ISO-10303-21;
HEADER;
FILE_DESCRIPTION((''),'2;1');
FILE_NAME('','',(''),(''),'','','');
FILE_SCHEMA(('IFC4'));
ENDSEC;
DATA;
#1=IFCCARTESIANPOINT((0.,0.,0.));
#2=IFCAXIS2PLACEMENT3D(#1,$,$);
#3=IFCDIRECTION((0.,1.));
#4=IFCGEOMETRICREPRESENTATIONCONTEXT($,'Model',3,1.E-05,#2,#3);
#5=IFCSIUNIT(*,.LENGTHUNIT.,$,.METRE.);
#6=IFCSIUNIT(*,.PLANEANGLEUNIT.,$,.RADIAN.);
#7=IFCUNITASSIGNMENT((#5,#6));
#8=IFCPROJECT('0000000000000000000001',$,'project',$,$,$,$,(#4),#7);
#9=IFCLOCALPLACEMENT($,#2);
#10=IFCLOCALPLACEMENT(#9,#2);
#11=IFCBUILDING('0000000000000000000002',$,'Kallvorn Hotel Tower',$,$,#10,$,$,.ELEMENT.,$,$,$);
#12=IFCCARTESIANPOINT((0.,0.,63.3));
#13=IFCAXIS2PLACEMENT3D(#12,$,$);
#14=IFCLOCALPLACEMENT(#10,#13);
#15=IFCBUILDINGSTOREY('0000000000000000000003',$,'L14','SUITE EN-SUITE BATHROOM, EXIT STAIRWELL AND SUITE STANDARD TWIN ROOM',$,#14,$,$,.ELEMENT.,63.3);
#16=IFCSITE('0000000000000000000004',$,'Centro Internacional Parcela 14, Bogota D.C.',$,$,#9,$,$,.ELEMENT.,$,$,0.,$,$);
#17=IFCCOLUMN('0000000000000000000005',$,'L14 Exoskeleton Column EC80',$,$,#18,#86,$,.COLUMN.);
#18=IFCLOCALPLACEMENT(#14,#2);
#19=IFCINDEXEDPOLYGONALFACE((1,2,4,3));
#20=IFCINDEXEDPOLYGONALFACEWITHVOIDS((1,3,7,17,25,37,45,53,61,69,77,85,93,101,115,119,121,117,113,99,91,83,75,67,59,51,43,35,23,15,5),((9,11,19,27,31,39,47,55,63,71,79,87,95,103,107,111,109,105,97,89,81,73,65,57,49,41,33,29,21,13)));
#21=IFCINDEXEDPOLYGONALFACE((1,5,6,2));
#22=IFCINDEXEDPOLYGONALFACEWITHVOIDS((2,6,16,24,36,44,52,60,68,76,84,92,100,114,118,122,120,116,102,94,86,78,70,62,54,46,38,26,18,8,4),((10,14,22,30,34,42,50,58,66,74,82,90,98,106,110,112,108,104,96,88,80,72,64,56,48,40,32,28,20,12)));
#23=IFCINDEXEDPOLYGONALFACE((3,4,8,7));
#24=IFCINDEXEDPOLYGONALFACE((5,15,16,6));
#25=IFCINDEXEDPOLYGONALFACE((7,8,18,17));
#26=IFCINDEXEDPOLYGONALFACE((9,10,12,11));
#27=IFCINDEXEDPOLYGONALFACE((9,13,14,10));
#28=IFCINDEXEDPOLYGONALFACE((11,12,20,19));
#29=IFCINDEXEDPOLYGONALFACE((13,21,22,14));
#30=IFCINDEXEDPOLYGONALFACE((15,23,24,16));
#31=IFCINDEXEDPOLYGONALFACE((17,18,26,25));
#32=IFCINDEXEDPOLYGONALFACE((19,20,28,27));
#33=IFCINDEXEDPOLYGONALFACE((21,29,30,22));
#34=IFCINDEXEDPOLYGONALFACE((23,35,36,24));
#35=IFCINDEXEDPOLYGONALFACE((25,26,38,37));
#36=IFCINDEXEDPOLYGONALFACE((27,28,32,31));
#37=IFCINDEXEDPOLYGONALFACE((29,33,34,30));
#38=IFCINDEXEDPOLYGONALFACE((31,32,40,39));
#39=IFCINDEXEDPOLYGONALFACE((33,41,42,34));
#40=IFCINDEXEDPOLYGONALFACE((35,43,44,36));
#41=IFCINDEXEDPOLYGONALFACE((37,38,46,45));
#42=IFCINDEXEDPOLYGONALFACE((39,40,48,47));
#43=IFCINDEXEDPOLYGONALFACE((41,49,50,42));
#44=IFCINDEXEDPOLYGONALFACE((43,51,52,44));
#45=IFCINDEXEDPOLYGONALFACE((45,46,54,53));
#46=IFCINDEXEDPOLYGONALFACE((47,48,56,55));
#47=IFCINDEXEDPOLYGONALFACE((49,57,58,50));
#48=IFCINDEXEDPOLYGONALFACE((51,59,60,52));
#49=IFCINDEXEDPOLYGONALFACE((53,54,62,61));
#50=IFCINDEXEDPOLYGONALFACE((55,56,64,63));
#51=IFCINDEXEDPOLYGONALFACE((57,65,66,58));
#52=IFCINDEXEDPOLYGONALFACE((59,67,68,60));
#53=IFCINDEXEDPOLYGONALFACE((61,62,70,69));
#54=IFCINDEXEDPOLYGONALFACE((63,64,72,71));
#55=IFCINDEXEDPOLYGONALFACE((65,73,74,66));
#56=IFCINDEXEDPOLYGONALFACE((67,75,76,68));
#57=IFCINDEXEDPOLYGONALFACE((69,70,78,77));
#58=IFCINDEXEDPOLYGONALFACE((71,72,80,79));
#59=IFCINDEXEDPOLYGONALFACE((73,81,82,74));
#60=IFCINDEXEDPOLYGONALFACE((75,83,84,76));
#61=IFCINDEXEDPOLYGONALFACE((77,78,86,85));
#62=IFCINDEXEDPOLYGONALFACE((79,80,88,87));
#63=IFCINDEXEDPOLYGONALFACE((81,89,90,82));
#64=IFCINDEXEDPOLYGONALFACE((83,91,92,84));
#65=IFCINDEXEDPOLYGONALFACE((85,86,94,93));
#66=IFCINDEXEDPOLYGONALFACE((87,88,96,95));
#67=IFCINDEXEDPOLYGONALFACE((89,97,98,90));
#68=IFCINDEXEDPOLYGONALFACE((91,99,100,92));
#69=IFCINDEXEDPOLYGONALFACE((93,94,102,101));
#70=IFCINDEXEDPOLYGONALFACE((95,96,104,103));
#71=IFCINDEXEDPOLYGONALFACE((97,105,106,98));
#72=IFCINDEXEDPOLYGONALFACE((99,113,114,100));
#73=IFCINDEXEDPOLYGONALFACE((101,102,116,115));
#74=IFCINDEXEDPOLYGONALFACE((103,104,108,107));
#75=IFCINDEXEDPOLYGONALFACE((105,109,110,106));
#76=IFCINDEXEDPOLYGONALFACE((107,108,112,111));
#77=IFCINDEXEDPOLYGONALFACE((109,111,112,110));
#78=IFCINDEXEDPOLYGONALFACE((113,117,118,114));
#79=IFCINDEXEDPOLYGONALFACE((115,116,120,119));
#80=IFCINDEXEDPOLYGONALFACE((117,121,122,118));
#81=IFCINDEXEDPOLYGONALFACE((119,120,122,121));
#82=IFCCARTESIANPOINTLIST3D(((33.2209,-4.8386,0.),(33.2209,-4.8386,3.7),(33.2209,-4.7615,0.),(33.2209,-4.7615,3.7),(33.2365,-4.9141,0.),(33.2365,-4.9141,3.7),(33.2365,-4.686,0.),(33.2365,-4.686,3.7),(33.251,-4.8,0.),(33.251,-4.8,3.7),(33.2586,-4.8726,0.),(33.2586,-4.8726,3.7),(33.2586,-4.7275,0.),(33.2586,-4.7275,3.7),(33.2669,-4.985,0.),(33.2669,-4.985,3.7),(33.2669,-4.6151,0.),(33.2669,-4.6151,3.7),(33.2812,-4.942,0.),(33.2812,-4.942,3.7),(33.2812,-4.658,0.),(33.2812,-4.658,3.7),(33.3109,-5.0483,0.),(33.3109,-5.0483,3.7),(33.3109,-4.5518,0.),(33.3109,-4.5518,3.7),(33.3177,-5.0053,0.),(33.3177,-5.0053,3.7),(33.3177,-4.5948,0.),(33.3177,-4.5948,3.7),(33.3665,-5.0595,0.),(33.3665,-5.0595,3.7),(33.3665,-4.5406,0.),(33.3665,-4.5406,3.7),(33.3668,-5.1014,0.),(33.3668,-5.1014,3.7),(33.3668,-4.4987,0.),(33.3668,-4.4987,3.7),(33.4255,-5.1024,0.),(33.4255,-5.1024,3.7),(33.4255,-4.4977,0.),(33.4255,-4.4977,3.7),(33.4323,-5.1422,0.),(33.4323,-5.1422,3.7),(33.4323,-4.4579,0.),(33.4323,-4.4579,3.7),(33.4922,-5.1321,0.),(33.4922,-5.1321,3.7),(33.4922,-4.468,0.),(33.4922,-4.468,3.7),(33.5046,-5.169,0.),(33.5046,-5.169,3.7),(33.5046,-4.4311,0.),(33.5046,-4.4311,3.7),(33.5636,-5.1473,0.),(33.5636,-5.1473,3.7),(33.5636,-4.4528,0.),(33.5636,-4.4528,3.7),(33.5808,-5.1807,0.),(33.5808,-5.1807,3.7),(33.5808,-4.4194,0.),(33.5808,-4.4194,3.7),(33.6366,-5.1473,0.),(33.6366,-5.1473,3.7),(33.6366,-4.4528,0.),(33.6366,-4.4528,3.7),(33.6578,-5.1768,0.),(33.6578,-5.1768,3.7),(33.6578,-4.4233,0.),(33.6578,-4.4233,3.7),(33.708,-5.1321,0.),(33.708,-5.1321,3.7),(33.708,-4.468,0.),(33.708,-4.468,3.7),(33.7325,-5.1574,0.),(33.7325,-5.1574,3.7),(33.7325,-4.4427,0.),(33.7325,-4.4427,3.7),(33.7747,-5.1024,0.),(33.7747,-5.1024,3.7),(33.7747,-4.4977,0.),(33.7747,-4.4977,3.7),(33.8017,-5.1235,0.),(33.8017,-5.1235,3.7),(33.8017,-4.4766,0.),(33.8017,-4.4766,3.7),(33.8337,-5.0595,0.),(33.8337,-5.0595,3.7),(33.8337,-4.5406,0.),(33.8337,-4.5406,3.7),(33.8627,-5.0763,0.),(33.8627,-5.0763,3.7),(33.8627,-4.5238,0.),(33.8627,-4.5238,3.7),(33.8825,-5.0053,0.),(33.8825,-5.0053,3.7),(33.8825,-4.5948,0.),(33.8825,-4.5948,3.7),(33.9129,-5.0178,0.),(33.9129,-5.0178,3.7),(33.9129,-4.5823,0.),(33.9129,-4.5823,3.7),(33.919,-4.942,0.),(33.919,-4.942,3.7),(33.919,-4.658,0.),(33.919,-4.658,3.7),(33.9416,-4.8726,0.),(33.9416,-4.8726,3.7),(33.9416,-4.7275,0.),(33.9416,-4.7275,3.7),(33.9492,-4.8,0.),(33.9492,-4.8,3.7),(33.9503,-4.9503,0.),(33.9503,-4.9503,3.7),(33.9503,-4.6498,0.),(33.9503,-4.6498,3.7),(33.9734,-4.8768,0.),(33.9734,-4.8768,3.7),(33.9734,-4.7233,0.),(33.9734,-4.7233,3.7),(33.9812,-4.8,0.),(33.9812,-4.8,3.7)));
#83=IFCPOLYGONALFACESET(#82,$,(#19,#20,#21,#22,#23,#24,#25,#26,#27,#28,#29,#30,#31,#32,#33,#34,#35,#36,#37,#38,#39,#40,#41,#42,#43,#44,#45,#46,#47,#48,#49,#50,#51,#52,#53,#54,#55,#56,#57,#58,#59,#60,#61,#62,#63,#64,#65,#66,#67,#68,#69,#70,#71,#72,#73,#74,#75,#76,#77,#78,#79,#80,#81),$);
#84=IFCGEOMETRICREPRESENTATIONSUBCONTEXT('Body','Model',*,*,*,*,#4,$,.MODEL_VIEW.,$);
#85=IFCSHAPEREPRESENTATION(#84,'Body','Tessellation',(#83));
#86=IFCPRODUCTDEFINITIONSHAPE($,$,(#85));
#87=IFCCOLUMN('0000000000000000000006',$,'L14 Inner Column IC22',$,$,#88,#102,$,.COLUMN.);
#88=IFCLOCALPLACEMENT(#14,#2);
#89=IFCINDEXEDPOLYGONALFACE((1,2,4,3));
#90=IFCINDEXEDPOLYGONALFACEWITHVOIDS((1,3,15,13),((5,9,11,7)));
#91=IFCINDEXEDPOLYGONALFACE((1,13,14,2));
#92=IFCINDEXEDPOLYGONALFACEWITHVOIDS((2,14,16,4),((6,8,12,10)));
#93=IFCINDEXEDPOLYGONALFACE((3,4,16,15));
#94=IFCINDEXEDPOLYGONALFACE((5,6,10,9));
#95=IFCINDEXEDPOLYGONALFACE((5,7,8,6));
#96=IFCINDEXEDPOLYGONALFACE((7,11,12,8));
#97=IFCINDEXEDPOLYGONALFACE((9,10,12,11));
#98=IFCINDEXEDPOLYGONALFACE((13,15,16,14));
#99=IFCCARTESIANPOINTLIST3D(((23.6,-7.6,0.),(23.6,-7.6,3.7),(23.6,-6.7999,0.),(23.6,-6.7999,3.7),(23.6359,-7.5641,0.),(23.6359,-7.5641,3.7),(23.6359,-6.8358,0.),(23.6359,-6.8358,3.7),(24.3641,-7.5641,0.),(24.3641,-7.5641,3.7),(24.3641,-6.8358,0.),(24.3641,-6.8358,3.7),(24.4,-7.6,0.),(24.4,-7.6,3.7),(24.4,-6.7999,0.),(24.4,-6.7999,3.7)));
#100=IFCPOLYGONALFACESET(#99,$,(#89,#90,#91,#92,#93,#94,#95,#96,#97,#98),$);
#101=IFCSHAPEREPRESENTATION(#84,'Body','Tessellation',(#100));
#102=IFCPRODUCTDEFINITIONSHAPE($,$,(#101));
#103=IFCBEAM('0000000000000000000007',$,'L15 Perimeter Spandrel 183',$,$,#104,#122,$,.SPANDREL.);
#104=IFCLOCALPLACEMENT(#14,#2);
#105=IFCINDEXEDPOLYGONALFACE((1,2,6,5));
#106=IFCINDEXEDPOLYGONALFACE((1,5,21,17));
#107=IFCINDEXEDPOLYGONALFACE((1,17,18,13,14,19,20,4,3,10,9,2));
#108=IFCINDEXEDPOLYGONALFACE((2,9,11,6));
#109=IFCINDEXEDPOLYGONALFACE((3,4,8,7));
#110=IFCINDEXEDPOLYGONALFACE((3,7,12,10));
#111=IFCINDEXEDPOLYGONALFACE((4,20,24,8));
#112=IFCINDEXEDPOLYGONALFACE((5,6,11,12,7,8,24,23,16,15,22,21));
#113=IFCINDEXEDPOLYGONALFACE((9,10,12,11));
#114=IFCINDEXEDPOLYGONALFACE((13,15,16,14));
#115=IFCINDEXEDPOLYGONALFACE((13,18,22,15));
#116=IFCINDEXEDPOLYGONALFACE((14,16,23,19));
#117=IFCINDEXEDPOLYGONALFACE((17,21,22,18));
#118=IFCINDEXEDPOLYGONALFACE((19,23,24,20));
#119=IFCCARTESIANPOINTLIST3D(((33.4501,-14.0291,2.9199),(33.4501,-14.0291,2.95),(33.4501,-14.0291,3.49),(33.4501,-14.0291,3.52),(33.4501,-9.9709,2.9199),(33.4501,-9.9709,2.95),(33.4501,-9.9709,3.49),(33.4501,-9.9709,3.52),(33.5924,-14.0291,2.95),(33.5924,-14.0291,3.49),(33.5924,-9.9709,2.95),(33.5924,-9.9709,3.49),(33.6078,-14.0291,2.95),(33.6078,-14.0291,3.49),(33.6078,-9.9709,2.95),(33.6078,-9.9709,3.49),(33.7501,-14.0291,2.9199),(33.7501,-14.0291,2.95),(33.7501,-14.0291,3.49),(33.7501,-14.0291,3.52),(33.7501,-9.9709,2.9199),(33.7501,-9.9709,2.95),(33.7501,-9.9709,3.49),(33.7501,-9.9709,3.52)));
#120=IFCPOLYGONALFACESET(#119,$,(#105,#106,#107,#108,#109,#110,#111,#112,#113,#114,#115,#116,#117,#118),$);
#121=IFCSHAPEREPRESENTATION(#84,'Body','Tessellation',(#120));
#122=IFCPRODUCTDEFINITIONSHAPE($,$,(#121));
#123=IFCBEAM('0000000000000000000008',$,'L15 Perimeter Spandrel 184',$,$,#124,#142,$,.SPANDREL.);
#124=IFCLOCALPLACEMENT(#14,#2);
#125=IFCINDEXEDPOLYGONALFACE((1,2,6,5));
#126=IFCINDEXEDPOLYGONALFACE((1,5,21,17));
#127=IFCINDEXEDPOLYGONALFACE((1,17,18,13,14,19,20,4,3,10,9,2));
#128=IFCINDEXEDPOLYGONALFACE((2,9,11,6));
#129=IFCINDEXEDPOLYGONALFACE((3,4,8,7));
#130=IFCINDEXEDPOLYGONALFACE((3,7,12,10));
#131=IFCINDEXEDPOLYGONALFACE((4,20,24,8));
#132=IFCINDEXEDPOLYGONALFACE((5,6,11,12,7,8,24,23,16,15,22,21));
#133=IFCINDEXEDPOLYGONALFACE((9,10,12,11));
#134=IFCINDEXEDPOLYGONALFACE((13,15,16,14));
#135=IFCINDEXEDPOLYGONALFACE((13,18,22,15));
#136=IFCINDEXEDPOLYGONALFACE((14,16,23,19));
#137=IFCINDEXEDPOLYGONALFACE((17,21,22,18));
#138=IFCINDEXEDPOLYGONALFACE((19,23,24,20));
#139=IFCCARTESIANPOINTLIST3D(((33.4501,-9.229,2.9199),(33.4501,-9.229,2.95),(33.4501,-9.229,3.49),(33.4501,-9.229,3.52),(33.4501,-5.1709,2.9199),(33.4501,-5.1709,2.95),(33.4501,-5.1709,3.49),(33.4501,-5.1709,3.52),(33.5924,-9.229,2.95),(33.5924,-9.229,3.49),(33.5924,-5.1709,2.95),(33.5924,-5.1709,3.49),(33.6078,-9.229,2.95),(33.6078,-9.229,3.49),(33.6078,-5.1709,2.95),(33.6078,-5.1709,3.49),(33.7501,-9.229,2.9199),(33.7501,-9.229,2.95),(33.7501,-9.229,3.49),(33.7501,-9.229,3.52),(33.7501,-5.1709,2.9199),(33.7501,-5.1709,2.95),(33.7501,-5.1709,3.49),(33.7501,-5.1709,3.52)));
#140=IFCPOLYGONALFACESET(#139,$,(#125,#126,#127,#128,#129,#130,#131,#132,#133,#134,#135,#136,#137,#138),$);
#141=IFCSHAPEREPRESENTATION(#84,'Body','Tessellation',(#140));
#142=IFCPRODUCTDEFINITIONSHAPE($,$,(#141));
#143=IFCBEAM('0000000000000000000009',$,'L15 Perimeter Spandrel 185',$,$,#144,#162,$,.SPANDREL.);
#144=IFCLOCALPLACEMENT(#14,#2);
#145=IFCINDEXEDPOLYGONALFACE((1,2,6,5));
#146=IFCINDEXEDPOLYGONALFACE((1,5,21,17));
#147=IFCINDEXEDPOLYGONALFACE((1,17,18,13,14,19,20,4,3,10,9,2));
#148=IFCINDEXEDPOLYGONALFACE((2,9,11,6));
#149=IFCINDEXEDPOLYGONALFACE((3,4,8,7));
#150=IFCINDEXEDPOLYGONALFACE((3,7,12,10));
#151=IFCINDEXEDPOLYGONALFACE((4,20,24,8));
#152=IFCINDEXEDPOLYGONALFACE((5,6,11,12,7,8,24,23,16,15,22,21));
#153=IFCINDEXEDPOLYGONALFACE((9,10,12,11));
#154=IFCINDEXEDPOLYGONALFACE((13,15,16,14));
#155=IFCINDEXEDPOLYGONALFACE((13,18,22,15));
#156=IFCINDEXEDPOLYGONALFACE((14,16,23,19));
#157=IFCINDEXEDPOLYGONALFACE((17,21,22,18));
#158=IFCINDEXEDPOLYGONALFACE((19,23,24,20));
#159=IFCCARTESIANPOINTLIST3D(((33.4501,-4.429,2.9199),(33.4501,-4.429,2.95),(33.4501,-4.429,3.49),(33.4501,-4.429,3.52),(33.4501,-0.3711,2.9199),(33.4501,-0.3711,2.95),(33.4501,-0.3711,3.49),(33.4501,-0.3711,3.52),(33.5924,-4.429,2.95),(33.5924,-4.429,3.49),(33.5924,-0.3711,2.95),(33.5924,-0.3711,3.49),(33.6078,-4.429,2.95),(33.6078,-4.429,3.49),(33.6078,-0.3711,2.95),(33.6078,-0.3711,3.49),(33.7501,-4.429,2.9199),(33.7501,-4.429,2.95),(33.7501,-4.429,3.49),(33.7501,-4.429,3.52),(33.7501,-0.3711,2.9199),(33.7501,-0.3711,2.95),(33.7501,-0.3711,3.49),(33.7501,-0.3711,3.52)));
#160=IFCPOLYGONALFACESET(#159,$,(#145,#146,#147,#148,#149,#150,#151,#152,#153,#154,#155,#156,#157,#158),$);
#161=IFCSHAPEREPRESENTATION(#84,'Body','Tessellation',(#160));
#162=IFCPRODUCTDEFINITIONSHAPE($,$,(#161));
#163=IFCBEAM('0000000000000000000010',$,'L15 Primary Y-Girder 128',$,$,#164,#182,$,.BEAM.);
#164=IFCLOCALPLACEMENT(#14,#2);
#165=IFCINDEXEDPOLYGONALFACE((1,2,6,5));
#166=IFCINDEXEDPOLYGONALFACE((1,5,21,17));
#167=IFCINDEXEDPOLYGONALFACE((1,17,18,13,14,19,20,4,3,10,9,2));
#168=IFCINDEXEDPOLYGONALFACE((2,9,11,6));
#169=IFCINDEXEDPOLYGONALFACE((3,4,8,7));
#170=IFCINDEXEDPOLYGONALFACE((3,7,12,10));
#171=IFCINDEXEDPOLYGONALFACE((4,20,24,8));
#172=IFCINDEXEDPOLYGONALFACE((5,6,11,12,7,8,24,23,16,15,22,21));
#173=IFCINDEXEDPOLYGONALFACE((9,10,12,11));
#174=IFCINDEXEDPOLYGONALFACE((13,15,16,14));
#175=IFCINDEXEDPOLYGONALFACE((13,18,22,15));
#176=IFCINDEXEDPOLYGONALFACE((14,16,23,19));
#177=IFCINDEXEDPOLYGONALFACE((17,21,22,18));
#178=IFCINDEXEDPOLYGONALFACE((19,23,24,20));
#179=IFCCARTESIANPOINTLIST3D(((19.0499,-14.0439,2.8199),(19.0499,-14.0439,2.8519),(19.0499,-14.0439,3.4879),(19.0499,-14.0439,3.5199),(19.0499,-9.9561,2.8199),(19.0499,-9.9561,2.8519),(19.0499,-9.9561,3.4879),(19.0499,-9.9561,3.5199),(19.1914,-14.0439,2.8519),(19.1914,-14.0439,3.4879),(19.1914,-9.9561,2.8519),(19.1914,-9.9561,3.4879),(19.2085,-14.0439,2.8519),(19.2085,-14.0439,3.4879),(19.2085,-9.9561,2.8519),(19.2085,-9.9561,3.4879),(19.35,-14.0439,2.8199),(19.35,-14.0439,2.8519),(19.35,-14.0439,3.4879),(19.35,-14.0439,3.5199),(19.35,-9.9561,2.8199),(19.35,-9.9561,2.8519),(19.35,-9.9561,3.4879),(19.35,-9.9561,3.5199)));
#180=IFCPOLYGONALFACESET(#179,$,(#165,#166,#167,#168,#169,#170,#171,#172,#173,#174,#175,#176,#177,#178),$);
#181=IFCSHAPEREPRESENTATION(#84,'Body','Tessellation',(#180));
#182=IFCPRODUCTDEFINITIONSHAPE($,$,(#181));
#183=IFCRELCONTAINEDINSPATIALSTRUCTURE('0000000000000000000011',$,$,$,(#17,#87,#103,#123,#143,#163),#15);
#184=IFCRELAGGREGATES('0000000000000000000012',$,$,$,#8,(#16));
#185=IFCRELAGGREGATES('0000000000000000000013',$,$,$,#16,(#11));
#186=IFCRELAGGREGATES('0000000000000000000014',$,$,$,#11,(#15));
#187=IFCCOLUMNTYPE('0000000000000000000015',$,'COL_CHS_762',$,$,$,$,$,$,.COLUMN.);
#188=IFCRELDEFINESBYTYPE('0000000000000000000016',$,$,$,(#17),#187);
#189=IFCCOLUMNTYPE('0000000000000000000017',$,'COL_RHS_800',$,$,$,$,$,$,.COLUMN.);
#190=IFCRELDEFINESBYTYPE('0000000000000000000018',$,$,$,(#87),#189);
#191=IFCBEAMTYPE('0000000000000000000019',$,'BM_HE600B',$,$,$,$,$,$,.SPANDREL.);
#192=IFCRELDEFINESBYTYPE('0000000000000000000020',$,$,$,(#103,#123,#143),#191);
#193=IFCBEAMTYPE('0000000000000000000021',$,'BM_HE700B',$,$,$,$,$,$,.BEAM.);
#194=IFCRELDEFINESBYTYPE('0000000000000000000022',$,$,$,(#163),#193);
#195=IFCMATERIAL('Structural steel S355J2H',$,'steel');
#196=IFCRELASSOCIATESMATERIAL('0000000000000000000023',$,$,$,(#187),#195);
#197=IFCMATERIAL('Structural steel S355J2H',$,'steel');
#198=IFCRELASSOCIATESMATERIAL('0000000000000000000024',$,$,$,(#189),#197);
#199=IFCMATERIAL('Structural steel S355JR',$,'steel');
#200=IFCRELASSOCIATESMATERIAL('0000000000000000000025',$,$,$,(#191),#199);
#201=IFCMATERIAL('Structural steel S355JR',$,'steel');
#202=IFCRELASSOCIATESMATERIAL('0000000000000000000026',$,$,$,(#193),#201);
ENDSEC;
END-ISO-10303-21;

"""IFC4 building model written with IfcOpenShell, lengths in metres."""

from ifc_helpers import new_model, si_unit, direction, frame, origin, origin_2d, place, context, subcontext, project, spatial, hollow_rectangle, hollow_circle, i_section, extrude, material, material_profile, profile_set, type_object, element, save


model = new_model("IFC4")

# Units and contexts
model_context = context("Model", 3, precision=1e-05, world=origin(), true_north=direction((0.0, 1.0)))
body_context = subcontext(model_context, "Body", "Model", "MODEL_VIEW")
ifc_project = project(units=[si_unit("LENGTHUNIT", "METRE"), si_unit("PLANEANGLEUNIT", "RADIAN")], contexts=[model_context])

# Site, building, storey
site_placement = place(None, origin())
site = spatial("IfcSite", under=ifc_project, at=site_placement, Name="Centro Internacional Parcela 14, Bogota D.C.", CompositionType="ELEMENT", RefElevation=0.0)
building_placement = place(site_placement, origin())
building = spatial("IfcBuilding", under=site, at=building_placement, Name="Kallvorn Hotel Tower", CompositionType="ELEMENT")
storey_placement = place(building_placement, frame((0.0, 0.0, 63.3)))
storey = spatial("IfcBuildingStorey", under=building, at=storey_placement, Name="L14", Description="SUITE EN-SUITE BATHROOM, EXIT STAIRWELL AND SUITE STANDARD TWIN ROOM", CompositionType="ELEMENT", Elevation=63.3)

# Columns
ifc_material_1 = material(Name="Structural steel S355J2H", Category="steel")
ifc_material_profile_1 = material_profile(ifc_material_1, hollow_circle(Radius=0.3811, WallThickness=0.032, at=origin_2d()), Name="CHS 762x32")
ifc_profile_set_1 = profile_set([ifc_material_profile_1], Name="Structural steel S355J2H")
column_type_1 = type_object("IfcColumnType", Name="COL_CHS_762", PredefinedType="COLUMN", material=ifc_profile_set_1)
for number, where, z_axis, x_axis, name in (
    (1, (33.6001, -4.8, 0.0), (0.0, 0.0, 1.0), (1.0, 0.0, 0.0), "L14 Exoskeleton Column EC80"),
):
    element("IfcColumn", number, at=place(storey_placement, frame(where, z_axis=z_axis, x_axis=x_axis)), inside=storey, type_object=column_type_1, Name=name, PredefinedType="COLUMN", context=body_context, shape_type="SweptSolid", body=[
        extrude(hollow_circle(Radius=0.3811, WallThickness=0.032, at=origin_2d()), origin(), (0.0, 0.0, 1.0), 3.7),
    ])
ifc_material_2 = material(Name="Structural steel S355J2H", Category="steel")
ifc_material_profile_2 = material_profile(ifc_material_2, hollow_rectangle(XDim=0.8, YDim=0.8, WallThickness=0.0359, at=origin_2d()), Name="RHS 800x800x36")
ifc_profile_set_2 = profile_set([ifc_material_profile_2], Name="Structural steel S355J2H")
column_type_2 = type_object("IfcColumnType", Name="COL_RHS_800", PredefinedType="COLUMN", material=ifc_profile_set_2)
column_placement = place(storey_placement, frame((24.0, -7.2, 0.0), z_axis=(0.0, 0.0, 1.0), x_axis=(1.0, 0.0, 0.0)))
element("IfcColumn", 2, at=column_placement, inside=storey, type_object=column_type_2, Name="L14 Inner Column IC22", PredefinedType="COLUMN", context=body_context, shape_type="SweptSolid", body=[
    extrude(hollow_rectangle(XDim=0.8, YDim=0.8, WallThickness=0.0359, at=origin_2d()), origin(), (0.0, 0.0, 1.0), 3.7),
])

# Beams
ifc_material_3 = material(Name="Structural steel S355JR", Category="steel")
ifc_material_profile_3 = material_profile(ifc_material_3, i_section(OverallWidth=0.3, OverallDepth=0.6001, WebThickness=0.0154, FlangeThickness=0.03, at=origin_2d()), Name="HE 600 B")
ifc_profile_set_3 = profile_set([ifc_material_profile_3], Name="Structural steel S355JR")
beam_type_1 = type_object("IfcBeamType", Name="BM_HE600B", PredefinedType="SPANDREL", material=ifc_profile_set_3)
for number, where, z_axis, x_axis, name in (
    (3, (33.6001, -14.0291, 3.22), (0.0, 1.0, 0.0), (-1.0, 0.0, 0.0), "L15 Perimeter Spandrel 183"),
    (4, (33.6001, -9.229, 3.22), (0.0, 1.0, 0.0), (-1.0, 0.0, 0.0), "L15 Perimeter Spandrel 184"),
):
    element("IfcBeam", number, at=place(storey_placement, frame(where, z_axis=z_axis, x_axis=x_axis)), inside=storey, type_object=beam_type_1, Name=name, PredefinedType="SPANDREL", context=body_context, shape_type="SweptSolid", body=[
        extrude(i_section(OverallWidth=0.3, OverallDepth=0.6001, WebThickness=0.0154, FlangeThickness=0.03, at=origin_2d()), origin(), (0.0, 0.0, 1.0), 4.0581),
    ])
beam_1_placement = place(storey_placement, frame((33.6001, -4.429, 3.22), z_axis=(0.0, 1.0, 0.0), x_axis=(-1.0, 0.0, 0.0)))
element("IfcBeam", 5, at=beam_1_placement, inside=storey, type_object=beam_type_1, Name="L15 Perimeter Spandrel 185", PredefinedType="SPANDREL", context=body_context, shape_type="SweptSolid", body=[
    extrude(i_section(OverallWidth=0.3, OverallDepth=0.6001, WebThickness=0.0154, FlangeThickness=0.03, at=origin_2d()), origin(), (0.0, 0.0, 1.0), 4.0579),
])
ifc_material_4 = material(Name="Structural steel S355JR", Category="steel")
ifc_material_profile_4 = material_profile(ifc_material_4, i_section(OverallWidth=0.3, OverallDepth=0.7, WebThickness=0.0171, FlangeThickness=0.032, at=origin_2d()), Name="HE 700 B")
ifc_profile_set_4 = profile_set([ifc_material_profile_4], Name="Structural steel S355JR")
beam_type_2 = type_object("IfcBeamType", Name="BM_HE700B", PredefinedType="BEAM", material=ifc_profile_set_4)
beam_2_placement = place(storey_placement, frame((19.2, -14.0439, 3.1699), z_axis=(0.0, 1.0, 0.0), x_axis=(-1.0, 0.0, 0.0)))
element("IfcBeam", 6, at=beam_2_placement, inside=storey, type_object=beam_type_2, Name="L15 Primary Y-Girder 128", PredefinedType="BEAM", context=body_context, shape_type="SweptSolid", body=[
    extrude(i_section(OverallWidth=0.3, OverallDepth=0.7, WebThickness=0.0171, FlangeThickness=0.032, at=origin_2d()), origin(), (0.0, 0.0, 1.0), 4.0879),
])

save(model, "model.ifc")
